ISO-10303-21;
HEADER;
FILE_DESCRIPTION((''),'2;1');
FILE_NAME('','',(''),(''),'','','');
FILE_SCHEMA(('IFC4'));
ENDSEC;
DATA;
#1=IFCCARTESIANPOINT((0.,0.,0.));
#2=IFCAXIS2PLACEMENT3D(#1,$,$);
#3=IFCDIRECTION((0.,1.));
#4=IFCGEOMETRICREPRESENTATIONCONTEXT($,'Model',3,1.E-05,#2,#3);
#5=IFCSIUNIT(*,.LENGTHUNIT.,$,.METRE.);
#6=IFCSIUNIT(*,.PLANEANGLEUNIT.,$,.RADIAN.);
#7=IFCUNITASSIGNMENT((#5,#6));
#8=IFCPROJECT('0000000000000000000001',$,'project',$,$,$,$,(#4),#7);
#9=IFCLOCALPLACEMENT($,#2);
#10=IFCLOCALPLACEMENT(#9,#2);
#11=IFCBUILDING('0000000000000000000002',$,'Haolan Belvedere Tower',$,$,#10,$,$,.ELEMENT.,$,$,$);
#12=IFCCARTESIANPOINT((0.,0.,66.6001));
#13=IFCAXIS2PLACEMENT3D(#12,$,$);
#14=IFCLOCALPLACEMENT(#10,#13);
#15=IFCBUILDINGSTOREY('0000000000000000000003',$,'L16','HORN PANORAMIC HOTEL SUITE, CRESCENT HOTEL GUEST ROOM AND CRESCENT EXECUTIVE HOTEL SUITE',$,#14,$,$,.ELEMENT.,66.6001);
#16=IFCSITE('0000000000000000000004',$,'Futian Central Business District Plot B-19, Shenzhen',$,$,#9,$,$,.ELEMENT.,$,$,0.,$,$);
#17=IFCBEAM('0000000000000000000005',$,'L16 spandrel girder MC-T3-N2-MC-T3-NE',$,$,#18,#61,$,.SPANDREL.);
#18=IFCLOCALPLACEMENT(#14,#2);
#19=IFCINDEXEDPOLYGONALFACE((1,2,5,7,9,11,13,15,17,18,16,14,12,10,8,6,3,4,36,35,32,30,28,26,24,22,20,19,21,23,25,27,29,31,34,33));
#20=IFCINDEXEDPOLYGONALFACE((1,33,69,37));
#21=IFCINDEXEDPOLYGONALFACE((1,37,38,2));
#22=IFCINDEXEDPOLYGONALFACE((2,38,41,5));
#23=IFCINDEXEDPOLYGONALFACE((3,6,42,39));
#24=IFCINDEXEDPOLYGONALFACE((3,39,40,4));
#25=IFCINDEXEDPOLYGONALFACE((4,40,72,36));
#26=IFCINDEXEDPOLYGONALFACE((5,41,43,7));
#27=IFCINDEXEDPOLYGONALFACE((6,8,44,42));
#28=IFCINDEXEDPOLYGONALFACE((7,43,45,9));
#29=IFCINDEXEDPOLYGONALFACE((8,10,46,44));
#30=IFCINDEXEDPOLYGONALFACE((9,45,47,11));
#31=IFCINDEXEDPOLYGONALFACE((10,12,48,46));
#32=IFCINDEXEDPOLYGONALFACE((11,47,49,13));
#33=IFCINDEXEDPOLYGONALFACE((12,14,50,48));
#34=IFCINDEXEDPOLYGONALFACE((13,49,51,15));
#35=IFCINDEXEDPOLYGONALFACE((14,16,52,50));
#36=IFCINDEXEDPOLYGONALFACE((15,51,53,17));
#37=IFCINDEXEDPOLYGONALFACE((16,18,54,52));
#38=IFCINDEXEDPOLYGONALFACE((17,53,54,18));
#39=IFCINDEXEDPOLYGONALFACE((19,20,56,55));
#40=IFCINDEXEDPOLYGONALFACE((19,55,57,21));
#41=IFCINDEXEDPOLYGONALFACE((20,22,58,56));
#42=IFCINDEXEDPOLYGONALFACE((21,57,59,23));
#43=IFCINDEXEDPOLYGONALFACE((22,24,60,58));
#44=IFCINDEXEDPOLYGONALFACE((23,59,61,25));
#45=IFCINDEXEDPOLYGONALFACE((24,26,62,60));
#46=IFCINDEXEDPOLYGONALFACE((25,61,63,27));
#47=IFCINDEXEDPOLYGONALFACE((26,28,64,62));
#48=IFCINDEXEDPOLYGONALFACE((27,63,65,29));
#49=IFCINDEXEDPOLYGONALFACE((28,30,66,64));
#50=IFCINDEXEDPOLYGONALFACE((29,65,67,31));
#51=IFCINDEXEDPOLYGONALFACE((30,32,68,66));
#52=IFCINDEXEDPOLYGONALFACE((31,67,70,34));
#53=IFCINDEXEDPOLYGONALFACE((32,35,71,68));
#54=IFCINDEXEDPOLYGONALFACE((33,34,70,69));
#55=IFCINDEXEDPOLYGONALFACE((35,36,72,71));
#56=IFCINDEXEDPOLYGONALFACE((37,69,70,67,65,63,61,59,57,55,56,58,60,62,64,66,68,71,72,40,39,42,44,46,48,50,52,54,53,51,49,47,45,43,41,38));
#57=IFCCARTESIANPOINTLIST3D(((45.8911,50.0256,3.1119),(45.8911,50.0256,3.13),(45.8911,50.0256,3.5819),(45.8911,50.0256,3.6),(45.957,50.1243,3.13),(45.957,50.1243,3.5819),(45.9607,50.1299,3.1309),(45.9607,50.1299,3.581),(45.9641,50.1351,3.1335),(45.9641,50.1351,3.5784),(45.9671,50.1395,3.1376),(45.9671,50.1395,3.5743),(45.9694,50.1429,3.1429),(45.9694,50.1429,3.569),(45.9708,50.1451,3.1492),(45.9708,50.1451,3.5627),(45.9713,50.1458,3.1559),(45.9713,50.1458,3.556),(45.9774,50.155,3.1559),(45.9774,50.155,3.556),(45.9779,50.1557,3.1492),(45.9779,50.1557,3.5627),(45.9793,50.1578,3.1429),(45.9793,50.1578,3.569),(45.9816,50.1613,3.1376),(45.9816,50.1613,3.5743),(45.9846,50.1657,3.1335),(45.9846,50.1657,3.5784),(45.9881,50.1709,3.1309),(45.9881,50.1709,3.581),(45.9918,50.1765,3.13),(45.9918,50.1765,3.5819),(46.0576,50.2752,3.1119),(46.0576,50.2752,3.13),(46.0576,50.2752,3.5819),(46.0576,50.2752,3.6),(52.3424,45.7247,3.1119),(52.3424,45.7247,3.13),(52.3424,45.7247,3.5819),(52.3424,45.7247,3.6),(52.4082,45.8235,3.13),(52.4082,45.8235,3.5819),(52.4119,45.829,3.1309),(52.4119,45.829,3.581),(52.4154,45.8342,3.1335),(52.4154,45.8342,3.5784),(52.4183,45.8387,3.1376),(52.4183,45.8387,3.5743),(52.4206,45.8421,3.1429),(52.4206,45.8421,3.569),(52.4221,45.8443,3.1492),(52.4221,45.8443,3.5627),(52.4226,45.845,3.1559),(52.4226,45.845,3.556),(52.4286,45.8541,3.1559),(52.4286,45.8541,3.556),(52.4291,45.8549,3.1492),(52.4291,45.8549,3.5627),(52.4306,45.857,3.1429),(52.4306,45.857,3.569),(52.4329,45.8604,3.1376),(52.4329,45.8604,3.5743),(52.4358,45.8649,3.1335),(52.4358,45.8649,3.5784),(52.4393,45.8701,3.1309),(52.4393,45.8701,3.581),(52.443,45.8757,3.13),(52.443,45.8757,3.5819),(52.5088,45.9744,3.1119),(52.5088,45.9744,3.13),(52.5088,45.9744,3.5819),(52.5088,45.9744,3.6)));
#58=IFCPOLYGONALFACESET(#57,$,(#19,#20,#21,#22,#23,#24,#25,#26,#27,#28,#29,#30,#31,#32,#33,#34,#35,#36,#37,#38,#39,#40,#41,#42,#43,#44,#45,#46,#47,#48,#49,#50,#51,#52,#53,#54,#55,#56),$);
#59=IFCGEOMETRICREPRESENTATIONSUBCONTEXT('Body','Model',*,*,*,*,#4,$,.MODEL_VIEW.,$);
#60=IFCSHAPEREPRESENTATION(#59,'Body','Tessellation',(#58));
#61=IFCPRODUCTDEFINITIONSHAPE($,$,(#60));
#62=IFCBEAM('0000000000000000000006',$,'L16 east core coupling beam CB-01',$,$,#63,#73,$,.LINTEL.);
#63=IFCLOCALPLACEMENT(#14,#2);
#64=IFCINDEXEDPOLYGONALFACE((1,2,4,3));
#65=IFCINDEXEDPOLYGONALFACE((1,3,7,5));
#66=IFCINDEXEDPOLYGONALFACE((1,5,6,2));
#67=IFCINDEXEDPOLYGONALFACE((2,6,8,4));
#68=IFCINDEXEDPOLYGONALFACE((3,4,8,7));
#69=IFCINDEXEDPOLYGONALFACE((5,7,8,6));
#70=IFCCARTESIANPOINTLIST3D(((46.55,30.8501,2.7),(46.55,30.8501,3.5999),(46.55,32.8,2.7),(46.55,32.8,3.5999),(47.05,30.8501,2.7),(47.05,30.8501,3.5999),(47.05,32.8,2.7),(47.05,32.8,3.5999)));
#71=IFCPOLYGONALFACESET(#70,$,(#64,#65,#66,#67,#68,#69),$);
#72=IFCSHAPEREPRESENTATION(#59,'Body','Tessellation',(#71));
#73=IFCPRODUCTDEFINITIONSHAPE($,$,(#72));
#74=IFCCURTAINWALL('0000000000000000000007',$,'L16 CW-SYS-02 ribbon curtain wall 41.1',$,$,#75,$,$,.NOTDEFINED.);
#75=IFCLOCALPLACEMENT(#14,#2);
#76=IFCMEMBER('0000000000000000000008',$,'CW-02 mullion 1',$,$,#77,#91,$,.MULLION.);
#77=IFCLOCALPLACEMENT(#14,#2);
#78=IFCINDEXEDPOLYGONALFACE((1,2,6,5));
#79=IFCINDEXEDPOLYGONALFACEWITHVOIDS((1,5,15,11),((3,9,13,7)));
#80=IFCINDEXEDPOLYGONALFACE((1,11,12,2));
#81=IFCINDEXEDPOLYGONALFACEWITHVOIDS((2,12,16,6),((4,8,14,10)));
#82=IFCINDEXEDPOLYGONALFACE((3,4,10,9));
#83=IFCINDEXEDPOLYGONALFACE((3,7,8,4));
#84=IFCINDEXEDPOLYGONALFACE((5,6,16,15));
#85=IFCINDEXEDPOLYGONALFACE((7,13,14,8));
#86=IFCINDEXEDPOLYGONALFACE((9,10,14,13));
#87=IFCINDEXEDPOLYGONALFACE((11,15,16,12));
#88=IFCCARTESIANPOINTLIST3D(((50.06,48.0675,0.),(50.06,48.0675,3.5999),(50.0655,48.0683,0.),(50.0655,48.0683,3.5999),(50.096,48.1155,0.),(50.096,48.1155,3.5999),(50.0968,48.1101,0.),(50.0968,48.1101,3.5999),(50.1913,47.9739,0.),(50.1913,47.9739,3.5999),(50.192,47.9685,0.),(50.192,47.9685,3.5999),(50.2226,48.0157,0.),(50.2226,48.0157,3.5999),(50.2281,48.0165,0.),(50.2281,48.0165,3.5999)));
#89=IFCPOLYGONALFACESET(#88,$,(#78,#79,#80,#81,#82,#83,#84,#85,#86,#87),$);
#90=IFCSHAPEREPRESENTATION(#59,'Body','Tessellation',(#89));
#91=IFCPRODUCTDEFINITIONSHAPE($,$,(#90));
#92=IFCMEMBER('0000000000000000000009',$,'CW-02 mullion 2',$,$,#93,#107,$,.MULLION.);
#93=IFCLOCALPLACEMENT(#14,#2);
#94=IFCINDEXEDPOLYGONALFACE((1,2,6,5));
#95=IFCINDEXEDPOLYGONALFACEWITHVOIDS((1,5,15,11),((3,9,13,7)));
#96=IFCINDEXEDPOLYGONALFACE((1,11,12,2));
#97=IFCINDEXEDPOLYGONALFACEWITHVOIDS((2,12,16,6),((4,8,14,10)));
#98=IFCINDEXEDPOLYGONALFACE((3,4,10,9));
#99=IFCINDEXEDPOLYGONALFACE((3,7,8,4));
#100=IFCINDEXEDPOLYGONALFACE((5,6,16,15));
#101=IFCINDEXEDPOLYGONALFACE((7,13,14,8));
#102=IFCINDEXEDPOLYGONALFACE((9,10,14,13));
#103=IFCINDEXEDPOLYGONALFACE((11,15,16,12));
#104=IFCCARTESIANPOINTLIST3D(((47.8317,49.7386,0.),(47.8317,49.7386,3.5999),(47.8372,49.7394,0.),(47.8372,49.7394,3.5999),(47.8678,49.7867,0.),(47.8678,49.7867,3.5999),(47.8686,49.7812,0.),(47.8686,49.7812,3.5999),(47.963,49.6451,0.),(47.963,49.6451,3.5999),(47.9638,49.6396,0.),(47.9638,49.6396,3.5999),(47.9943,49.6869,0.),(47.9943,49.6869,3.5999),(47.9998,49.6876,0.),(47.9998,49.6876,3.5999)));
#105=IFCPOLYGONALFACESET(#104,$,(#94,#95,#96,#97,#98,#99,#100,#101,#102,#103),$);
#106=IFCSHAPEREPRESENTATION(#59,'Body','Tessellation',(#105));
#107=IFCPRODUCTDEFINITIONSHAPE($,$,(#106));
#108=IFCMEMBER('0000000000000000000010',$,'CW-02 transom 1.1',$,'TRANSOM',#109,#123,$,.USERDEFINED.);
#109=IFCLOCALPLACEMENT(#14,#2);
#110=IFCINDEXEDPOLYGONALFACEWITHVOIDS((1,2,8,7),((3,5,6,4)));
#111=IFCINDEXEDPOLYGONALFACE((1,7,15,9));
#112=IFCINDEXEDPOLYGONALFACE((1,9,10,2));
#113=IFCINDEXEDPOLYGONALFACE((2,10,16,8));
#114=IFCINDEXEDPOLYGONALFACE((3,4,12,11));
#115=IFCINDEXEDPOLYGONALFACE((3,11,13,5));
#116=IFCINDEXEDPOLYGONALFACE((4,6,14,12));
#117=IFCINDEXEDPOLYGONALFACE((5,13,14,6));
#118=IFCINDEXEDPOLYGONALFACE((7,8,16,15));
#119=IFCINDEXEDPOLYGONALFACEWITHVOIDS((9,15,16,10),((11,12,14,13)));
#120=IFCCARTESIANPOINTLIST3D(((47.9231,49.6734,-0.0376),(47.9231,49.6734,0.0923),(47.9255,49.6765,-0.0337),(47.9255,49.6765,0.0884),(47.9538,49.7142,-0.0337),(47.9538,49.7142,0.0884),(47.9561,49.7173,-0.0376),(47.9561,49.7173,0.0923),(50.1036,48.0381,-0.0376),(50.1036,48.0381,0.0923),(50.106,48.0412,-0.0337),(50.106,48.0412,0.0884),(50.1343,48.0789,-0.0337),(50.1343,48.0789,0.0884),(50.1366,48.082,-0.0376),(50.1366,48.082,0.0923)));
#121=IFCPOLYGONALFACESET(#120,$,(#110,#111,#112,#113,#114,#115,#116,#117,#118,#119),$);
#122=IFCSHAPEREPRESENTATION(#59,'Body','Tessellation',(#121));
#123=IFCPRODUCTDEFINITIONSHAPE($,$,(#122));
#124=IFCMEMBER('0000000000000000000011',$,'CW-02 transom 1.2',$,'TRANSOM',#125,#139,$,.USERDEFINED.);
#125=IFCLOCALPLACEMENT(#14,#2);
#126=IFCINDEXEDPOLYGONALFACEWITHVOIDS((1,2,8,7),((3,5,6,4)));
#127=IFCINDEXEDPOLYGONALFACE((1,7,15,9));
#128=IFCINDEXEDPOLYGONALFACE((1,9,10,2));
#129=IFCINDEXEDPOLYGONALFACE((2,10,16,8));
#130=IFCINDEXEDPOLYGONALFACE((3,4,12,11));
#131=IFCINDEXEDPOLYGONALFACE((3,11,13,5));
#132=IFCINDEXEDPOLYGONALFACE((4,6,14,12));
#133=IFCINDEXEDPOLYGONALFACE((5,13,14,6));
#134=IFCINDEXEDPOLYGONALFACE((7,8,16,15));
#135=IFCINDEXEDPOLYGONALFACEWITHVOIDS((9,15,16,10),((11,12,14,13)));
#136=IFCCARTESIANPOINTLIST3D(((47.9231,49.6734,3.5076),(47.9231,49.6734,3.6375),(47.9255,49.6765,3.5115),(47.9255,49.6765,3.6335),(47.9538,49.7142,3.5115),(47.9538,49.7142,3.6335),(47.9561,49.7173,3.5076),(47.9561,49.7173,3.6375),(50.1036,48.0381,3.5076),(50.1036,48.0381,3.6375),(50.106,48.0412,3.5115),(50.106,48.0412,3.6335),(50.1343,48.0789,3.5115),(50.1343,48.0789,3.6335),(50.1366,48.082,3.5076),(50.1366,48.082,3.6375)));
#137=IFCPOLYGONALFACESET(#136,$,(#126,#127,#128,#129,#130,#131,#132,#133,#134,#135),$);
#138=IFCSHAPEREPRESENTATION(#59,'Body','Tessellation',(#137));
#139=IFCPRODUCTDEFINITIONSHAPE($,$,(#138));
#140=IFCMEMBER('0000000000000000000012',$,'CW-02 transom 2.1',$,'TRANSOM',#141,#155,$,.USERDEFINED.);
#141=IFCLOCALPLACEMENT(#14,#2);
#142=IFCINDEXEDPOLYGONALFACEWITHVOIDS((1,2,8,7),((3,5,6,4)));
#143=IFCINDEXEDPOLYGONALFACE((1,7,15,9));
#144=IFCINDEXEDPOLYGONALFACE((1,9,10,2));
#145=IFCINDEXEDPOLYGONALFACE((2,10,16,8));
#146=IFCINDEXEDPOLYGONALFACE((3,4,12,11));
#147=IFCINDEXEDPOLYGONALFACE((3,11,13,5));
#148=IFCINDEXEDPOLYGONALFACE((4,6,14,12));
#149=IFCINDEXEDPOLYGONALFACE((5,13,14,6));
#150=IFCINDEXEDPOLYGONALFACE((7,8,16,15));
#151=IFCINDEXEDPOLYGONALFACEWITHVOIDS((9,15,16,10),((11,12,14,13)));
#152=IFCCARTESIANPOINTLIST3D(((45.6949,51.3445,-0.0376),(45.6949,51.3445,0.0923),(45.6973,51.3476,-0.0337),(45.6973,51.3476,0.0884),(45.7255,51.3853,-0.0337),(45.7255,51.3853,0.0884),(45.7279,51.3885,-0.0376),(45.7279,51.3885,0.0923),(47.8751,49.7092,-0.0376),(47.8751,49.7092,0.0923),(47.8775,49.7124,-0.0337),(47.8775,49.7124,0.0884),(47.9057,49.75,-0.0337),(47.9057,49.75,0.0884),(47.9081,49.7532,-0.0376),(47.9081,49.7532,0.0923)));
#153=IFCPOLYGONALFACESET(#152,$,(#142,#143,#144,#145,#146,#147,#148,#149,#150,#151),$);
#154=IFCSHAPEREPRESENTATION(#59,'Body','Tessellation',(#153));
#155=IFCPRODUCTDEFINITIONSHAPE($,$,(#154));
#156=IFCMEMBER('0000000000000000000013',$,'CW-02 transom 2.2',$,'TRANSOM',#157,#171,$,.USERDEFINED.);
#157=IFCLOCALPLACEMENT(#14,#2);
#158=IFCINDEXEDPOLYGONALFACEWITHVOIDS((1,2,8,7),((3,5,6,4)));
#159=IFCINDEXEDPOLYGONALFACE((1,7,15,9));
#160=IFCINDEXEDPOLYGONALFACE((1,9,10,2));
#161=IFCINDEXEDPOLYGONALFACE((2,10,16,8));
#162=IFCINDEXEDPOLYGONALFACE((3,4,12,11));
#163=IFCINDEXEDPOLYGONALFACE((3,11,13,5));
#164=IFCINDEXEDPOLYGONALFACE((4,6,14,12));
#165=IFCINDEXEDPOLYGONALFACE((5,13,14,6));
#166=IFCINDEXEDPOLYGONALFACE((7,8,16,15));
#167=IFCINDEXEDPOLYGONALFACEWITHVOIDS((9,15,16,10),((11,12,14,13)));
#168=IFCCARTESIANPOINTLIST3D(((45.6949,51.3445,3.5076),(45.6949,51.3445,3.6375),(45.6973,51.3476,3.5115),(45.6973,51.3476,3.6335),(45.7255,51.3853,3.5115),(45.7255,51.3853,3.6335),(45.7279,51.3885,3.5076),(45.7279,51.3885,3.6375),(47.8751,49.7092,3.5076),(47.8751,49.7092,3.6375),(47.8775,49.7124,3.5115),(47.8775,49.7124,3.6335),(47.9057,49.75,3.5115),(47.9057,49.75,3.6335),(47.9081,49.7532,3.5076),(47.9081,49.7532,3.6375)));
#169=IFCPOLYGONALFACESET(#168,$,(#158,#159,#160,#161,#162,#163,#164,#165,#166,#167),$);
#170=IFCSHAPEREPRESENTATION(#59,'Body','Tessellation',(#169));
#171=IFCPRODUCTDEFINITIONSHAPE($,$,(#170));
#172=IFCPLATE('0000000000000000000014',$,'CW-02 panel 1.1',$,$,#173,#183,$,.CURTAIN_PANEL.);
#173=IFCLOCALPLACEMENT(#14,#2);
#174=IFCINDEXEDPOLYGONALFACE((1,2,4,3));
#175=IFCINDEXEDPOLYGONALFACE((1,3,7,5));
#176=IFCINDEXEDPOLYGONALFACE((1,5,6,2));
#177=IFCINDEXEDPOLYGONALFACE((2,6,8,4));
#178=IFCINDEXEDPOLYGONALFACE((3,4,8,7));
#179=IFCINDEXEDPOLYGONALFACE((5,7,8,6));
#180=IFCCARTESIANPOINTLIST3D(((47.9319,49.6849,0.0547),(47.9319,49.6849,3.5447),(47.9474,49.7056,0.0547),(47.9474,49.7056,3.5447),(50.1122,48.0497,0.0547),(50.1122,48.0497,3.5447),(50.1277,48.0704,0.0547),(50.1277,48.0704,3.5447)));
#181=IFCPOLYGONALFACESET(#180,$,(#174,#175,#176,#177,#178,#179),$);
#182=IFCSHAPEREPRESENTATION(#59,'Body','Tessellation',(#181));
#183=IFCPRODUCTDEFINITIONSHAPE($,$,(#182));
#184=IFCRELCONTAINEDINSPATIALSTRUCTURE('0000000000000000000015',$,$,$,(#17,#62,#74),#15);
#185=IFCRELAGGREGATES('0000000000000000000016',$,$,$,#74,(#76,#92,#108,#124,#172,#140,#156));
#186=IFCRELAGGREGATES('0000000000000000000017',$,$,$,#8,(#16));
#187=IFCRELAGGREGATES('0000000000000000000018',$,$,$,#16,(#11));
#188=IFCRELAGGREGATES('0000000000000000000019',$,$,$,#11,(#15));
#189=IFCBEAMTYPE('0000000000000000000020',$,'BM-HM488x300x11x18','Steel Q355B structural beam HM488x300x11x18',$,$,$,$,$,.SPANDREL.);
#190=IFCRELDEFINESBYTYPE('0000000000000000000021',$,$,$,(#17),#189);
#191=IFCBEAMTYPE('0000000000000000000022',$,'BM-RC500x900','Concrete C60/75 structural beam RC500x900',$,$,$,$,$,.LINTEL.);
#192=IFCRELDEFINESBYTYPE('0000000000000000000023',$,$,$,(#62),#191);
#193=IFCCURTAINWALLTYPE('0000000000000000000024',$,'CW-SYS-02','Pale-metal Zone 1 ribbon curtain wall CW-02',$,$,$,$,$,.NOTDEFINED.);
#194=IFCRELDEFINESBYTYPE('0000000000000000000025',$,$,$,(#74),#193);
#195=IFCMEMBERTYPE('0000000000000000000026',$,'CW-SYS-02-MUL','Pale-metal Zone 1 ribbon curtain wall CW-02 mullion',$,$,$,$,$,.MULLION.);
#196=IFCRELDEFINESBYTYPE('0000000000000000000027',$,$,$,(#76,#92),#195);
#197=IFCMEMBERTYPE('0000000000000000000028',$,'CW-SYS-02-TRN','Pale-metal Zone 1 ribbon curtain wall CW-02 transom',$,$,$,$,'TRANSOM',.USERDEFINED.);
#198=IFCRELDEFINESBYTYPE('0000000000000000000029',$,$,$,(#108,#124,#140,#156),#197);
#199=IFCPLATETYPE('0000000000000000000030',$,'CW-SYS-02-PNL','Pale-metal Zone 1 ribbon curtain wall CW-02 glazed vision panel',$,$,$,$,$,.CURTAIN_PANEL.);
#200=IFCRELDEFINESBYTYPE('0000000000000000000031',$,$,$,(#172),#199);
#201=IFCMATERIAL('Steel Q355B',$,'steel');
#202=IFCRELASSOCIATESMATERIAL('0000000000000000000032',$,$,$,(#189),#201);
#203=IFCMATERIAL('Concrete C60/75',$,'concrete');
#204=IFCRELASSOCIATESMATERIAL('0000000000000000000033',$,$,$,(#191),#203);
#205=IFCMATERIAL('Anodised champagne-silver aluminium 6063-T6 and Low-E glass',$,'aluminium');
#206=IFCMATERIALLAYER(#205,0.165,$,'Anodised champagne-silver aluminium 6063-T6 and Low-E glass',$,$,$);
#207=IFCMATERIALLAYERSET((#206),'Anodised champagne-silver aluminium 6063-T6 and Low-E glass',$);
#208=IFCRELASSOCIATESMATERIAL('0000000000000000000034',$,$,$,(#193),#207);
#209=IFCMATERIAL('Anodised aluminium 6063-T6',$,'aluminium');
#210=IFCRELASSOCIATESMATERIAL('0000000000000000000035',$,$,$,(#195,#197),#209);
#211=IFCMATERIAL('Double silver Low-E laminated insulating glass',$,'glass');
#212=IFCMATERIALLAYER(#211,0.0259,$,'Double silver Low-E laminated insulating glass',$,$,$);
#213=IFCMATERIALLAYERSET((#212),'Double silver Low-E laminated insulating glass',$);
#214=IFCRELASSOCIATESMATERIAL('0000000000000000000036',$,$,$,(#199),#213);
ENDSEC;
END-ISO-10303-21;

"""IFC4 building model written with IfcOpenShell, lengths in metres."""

from ifc_helpers import new_model, si_unit, direction, frame, origin, origin_2d, place, context, subcontext, project, spatial, rectangle, hollow_rectangle, i_section, extrude, material, layer, layer_set, material_profile, profile_set, type_object, element, aggregate, save


model = new_model("IFC4")

# Units and contexts
model_context = context("Model", 3, precision=1e-05, world=origin(), true_north=direction((0.0, 1.0)))
body_context = subcontext(model_context, "Body", "Model", "MODEL_VIEW")
ifc_project = project(units=[si_unit("LENGTHUNIT", "METRE"), si_unit("PLANEANGLEUNIT", "RADIAN")], contexts=[model_context])

# Site, building, storey
site_placement = place(None, origin())
site = spatial("IfcSite", under=ifc_project, at=site_placement, Name="Futian Central Business District Plot B-19, Shenzhen", CompositionType="ELEMENT", RefElevation=0.0)
building_placement = place(site_placement, origin())
building = spatial("IfcBuilding", under=site, at=building_placement, Name="Haolan Belvedere Tower", CompositionType="ELEMENT")
storey_placement = place(building_placement, frame((0.0, 0.0, 66.6001)))
storey = spatial("IfcBuildingStorey", under=building, at=storey_placement, Name="L16", Description="HORN PANORAMIC HOTEL SUITE, CRESCENT HOTEL GUEST ROOM AND CRESCENT EXECUTIVE HOTEL SUITE", CompositionType="ELEMENT", Elevation=66.6001)

# Beams
ifc_material_1 = material(Name="Steel Q355B", Category="steel")
ifc_material_profile_1 = material_profile(ifc_material_1, i_section(OverallWidth=0.3, OverallDepth=0.488, WebThickness=0.011, FlangeThickness=0.0181, FilletRadius=0.0259, at=origin_2d()), Name="Steel Q355B")
ifc_profile_set_1 = profile_set([ifc_material_profile_1], Name="Steel Q355B")
beam_type_1 = type_object("IfcBeamType", Name="BM-HM488x300x11x18", Description="Steel Q355B structural beam HM488x300x11x18", PredefinedType="SPANDREL", material=ifc_profile_set_1)
beam_1_placement = place(storey_placement, frame((45.9744, 50.1504, 3.356), z_axis=(0.83205, -0.5547, 0.0), x_axis=(0.5547, 0.83205, 0.0)))
element("IfcBeam", 1, at=beam_1_placement, inside=storey, type_object=beam_type_1, Name="L16 spandrel girder MC-T3-N2-MC-T3-NE", PredefinedType="SPANDREL", context=body_context, shape_type="SweptSolid", body=[
    extrude(i_section(OverallWidth=0.3, OverallDepth=0.488, WebThickness=0.011, FlangeThickness=0.0181, FilletRadius=0.0259, at=origin_2d()), origin(), (0.0, 0.0, 1.0), 7.7534),
])
ifc_material_2 = material(Name="Concrete C60/75", Category="concrete")
ifc_material_profile_2 = material_profile(ifc_material_2, rectangle(XDim=0.5, YDim=0.8999, at=origin_2d()), Name="Concrete C60/75")
ifc_profile_set_2 = profile_set([ifc_material_profile_2], Name="Concrete C60/75")
beam_type_2 = type_object("IfcBeamType", Name="BM-RC500x900", Description="Concrete C60/75 structural beam RC500x900", PredefinedType="LINTEL", material=ifc_profile_set_2)
beam_2_placement = place(storey_placement, frame((46.8, 30.8501, 3.1499), z_axis=(0.0, 1.0, 0.0), x_axis=(-1.0, 0.0, 0.0)))
element("IfcBeam", 2, at=beam_2_placement, inside=storey, type_object=beam_type_2, Name="L16 east core coupling beam CB-01", PredefinedType="LINTEL", context=body_context, shape_type="SweptSolid", body=[
    extrude(rectangle(XDim=0.5, YDim=0.8999, at=origin_2d()), origin(), (0.0, 0.0, 1.0), 1.95),
])

# Curtain wall, members, plate
ifc_material_3 = material(Name="Anodised champagne-silver aluminium 6063-T6 and Low-E glass", Category="aluminium")
ifc_layer_1 = layer(ifc_material_3, 0.165, Name="Anodised champagne-silver aluminium 6063-T6 and Low-E glass")
ifc_layer_set_1 = layer_set([ifc_layer_1], Name="Anodised champagne-silver aluminium 6063-T6 and Low-E glass")
curtain_wall_type = type_object("IfcCurtainWallType", Name="CW-SYS-02", Description="Pale-metal Zone 1 ribbon curtain wall CW-02", PredefinedType="NOTDEFINED", material=ifc_layer_set_1)
curtain_wall_placement = place(storey_placement, origin())
curtain_wall = element("IfcCurtainWall", 3, at=curtain_wall_placement, inside=storey, type_object=curtain_wall_type, Name="L16 CW-SYS-02 ribbon curtain wall 41.1", PredefinedType="NOTDEFINED")
ifc_material_4 = material(Name="Anodised aluminium 6063-T6", Category="aluminium")
ifc_material_profile_3 = material_profile(ifc_material_4, hollow_rectangle(XDim=0.0601, YDim=0.165, WallThickness=0.0039, at=origin_2d()), Name="Anodised aluminium 6063-T6")
ifc_profile_set_3 = profile_set([ifc_material_profile_3], Name="Anodised aluminium 6063-T6")
member_type_1 = type_object("IfcMemberType", Name="CW-SYS-02-MUL", Description="Pale-metal Zone 1 ribbon curtain wall CW-02 mullion", PredefinedType="MULLION", material=ifc_profile_set_3)
member_1_placement = place(storey_placement, frame((50.144, 48.042, 0.0), z_axis=(0.0, 0.0, 1.0), x_axis=(-0.599994, -0.800004, 0.0)))
member_1 = element("IfcMember", 4, at=member_1_placement, type_object=member_type_1, Name="CW-02 mullion 1", PredefinedType="MULLION", context=body_context, shape_type="SweptSolid", body=[
    extrude(hollow_rectangle(XDim=0.0601, YDim=0.165, WallThickness=0.0039, at=origin_2d()), origin(), (0.0, 0.0, 1.0), 3.5999),
])
member_2_placement = place(storey_placement, frame((47.9158, 49.7131, 0.0), z_axis=(0.0, 0.0, 1.0), x_axis=(-0.599994, -0.800004, 0.0)))
member_2 = element("IfcMember", 5, at=member_2_placement, type_object=member_type_1, Name="CW-02 mullion 2", PredefinedType="MULLION", context=body_context, shape_type="SweptSolid", body=[
    extrude(hollow_rectangle(XDim=0.0601, YDim=0.165, WallThickness=0.0039, at=origin_2d()), origin(), (0.0, 0.0, 1.0), 3.5999),
])
ifc_material_profile_4 = material_profile(ifc_material_4, hollow_rectangle(XDim=0.0549, YDim=0.1299, WallThickness=0.0039, at=origin_2d()), Name="Anodised aluminium 6063-T6")
ifc_profile_set_4 = profile_set([ifc_material_profile_4], Name="Anodised aluminium 6063-T6")
member_type_2 = type_object("IfcMemberType", Name="CW-SYS-02-TRN", Description="Pale-metal Zone 1 ribbon curtain wall CW-02 transom", ElementType="TRANSOM", PredefinedType="USERDEFINED", material=ifc_profile_set_4)
member_3_placement = place(storey_placement, frame((50.1201, 48.0601, 0.0273), z_axis=(-0.800011, 0.599986, 0.0), x_axis=(-0.599986, -0.800011, 0.0)))
member_3 = element("IfcMember", 6, at=member_3_placement, type_object=member_type_2, Name="CW-02 transom 1.1", ObjectType="TRANSOM", PredefinedType="USERDEFINED", context=body_context, shape_type="SweptSolid", body=[
    extrude(hollow_rectangle(XDim=0.0549, YDim=0.1299, WallThickness=0.0039, at=origin_2d()), origin(), (0.0, 0.0, 1.0), 2.7256),
])
member_4_placement = place(storey_placement, frame((50.1201, 48.0601, 3.5725), z_axis=(-0.800011, 0.599986, 0.0), x_axis=(-0.599986, -0.800011, 0.0)))
member_4 = element("IfcMember", 7, at=member_4_placement, type_object=member_type_2, Name="CW-02 transom 1.2", ObjectType="TRANSOM", PredefinedType="USERDEFINED", context=body_context, shape_type="SweptSolid", body=[
    extrude(hollow_rectangle(XDim=0.0549, YDim=0.1299, WallThickness=0.0039, at=origin_2d()), origin(), (0.0, 0.0, 1.0), 2.7256),
])
member_5_placement = place(storey_placement, frame((47.8916, 49.7312, 0.0273), z_axis=(-0.799978, 0.600029, 0.0), x_axis=(-0.600029, -0.799978, 0.0)))
member_5 = element("IfcMember", 8, at=member_5_placement, type_object=member_type_2, Name="CW-02 transom 2.1", ObjectType="TRANSOM", PredefinedType="USERDEFINED", context=body_context, shape_type="SweptSolid", body=[
    extrude(hollow_rectangle(XDim=0.0549, YDim=0.1299, WallThickness=0.0039, at=origin_2d()), origin(), (0.0, 0.0, 1.0), 2.7253),
])
member_6_placement = place(storey_placement, frame((47.8916, 49.7312, 3.5725), z_axis=(-0.799978, 0.600029, 0.0), x_axis=(-0.600029, -0.799978, 0.0)))
member_6 = element("IfcMember", 9, at=member_6_placement, type_object=member_type_2, Name="CW-02 transom 2.2", ObjectType="TRANSOM", PredefinedType="USERDEFINED", context=body_context, shape_type="SweptSolid", body=[
    extrude(hollow_rectangle(XDim=0.0549, YDim=0.1299, WallThickness=0.0039, at=origin_2d()), origin(), (0.0, 0.0, 1.0), 2.7253),
])
ifc_material_5 = material(Name="Double silver Low-E laminated insulating glass", Category="glass")
ifc_layer_2 = layer(ifc_material_5, 0.0259, Name="Double silver Low-E laminated insulating glass")
ifc_layer_set_2 = layer_set([ifc_layer_2], Name="Double silver Low-E laminated insulating glass")
plate_type = type_object("IfcPlateType", Name="CW-SYS-02-PNL", Description="Pale-metal Zone 1 ribbon curtain wall CW-02 glazed vision panel", PredefinedType="CURTAIN_PANEL", material=ifc_layer_set_2)
plate_1_placement = place(storey_placement, frame((49.0298, 48.8777, 0.0547), z_axis=(0.0, 0.0, 1.0), x_axis=(-0.800004, 0.599994, 0.0)))
plate_1 = element("IfcPlate", 10, at=plate_1_placement, type_object=plate_type, Name="CW-02 panel 1.1", PredefinedType="CURTAIN_PANEL", context=body_context, shape_type="SweptSolid", body=[
    extrude(rectangle(XDim=2.7253, YDim=0.0259, at=origin_2d()), origin(), (0.0, 0.0, 1.0), 3.49),
])
aggregate(curtain_wall, [member_1, member_2, member_3, member_4, plate_1, member_5, member_6])

save(model, "model.ifc")
